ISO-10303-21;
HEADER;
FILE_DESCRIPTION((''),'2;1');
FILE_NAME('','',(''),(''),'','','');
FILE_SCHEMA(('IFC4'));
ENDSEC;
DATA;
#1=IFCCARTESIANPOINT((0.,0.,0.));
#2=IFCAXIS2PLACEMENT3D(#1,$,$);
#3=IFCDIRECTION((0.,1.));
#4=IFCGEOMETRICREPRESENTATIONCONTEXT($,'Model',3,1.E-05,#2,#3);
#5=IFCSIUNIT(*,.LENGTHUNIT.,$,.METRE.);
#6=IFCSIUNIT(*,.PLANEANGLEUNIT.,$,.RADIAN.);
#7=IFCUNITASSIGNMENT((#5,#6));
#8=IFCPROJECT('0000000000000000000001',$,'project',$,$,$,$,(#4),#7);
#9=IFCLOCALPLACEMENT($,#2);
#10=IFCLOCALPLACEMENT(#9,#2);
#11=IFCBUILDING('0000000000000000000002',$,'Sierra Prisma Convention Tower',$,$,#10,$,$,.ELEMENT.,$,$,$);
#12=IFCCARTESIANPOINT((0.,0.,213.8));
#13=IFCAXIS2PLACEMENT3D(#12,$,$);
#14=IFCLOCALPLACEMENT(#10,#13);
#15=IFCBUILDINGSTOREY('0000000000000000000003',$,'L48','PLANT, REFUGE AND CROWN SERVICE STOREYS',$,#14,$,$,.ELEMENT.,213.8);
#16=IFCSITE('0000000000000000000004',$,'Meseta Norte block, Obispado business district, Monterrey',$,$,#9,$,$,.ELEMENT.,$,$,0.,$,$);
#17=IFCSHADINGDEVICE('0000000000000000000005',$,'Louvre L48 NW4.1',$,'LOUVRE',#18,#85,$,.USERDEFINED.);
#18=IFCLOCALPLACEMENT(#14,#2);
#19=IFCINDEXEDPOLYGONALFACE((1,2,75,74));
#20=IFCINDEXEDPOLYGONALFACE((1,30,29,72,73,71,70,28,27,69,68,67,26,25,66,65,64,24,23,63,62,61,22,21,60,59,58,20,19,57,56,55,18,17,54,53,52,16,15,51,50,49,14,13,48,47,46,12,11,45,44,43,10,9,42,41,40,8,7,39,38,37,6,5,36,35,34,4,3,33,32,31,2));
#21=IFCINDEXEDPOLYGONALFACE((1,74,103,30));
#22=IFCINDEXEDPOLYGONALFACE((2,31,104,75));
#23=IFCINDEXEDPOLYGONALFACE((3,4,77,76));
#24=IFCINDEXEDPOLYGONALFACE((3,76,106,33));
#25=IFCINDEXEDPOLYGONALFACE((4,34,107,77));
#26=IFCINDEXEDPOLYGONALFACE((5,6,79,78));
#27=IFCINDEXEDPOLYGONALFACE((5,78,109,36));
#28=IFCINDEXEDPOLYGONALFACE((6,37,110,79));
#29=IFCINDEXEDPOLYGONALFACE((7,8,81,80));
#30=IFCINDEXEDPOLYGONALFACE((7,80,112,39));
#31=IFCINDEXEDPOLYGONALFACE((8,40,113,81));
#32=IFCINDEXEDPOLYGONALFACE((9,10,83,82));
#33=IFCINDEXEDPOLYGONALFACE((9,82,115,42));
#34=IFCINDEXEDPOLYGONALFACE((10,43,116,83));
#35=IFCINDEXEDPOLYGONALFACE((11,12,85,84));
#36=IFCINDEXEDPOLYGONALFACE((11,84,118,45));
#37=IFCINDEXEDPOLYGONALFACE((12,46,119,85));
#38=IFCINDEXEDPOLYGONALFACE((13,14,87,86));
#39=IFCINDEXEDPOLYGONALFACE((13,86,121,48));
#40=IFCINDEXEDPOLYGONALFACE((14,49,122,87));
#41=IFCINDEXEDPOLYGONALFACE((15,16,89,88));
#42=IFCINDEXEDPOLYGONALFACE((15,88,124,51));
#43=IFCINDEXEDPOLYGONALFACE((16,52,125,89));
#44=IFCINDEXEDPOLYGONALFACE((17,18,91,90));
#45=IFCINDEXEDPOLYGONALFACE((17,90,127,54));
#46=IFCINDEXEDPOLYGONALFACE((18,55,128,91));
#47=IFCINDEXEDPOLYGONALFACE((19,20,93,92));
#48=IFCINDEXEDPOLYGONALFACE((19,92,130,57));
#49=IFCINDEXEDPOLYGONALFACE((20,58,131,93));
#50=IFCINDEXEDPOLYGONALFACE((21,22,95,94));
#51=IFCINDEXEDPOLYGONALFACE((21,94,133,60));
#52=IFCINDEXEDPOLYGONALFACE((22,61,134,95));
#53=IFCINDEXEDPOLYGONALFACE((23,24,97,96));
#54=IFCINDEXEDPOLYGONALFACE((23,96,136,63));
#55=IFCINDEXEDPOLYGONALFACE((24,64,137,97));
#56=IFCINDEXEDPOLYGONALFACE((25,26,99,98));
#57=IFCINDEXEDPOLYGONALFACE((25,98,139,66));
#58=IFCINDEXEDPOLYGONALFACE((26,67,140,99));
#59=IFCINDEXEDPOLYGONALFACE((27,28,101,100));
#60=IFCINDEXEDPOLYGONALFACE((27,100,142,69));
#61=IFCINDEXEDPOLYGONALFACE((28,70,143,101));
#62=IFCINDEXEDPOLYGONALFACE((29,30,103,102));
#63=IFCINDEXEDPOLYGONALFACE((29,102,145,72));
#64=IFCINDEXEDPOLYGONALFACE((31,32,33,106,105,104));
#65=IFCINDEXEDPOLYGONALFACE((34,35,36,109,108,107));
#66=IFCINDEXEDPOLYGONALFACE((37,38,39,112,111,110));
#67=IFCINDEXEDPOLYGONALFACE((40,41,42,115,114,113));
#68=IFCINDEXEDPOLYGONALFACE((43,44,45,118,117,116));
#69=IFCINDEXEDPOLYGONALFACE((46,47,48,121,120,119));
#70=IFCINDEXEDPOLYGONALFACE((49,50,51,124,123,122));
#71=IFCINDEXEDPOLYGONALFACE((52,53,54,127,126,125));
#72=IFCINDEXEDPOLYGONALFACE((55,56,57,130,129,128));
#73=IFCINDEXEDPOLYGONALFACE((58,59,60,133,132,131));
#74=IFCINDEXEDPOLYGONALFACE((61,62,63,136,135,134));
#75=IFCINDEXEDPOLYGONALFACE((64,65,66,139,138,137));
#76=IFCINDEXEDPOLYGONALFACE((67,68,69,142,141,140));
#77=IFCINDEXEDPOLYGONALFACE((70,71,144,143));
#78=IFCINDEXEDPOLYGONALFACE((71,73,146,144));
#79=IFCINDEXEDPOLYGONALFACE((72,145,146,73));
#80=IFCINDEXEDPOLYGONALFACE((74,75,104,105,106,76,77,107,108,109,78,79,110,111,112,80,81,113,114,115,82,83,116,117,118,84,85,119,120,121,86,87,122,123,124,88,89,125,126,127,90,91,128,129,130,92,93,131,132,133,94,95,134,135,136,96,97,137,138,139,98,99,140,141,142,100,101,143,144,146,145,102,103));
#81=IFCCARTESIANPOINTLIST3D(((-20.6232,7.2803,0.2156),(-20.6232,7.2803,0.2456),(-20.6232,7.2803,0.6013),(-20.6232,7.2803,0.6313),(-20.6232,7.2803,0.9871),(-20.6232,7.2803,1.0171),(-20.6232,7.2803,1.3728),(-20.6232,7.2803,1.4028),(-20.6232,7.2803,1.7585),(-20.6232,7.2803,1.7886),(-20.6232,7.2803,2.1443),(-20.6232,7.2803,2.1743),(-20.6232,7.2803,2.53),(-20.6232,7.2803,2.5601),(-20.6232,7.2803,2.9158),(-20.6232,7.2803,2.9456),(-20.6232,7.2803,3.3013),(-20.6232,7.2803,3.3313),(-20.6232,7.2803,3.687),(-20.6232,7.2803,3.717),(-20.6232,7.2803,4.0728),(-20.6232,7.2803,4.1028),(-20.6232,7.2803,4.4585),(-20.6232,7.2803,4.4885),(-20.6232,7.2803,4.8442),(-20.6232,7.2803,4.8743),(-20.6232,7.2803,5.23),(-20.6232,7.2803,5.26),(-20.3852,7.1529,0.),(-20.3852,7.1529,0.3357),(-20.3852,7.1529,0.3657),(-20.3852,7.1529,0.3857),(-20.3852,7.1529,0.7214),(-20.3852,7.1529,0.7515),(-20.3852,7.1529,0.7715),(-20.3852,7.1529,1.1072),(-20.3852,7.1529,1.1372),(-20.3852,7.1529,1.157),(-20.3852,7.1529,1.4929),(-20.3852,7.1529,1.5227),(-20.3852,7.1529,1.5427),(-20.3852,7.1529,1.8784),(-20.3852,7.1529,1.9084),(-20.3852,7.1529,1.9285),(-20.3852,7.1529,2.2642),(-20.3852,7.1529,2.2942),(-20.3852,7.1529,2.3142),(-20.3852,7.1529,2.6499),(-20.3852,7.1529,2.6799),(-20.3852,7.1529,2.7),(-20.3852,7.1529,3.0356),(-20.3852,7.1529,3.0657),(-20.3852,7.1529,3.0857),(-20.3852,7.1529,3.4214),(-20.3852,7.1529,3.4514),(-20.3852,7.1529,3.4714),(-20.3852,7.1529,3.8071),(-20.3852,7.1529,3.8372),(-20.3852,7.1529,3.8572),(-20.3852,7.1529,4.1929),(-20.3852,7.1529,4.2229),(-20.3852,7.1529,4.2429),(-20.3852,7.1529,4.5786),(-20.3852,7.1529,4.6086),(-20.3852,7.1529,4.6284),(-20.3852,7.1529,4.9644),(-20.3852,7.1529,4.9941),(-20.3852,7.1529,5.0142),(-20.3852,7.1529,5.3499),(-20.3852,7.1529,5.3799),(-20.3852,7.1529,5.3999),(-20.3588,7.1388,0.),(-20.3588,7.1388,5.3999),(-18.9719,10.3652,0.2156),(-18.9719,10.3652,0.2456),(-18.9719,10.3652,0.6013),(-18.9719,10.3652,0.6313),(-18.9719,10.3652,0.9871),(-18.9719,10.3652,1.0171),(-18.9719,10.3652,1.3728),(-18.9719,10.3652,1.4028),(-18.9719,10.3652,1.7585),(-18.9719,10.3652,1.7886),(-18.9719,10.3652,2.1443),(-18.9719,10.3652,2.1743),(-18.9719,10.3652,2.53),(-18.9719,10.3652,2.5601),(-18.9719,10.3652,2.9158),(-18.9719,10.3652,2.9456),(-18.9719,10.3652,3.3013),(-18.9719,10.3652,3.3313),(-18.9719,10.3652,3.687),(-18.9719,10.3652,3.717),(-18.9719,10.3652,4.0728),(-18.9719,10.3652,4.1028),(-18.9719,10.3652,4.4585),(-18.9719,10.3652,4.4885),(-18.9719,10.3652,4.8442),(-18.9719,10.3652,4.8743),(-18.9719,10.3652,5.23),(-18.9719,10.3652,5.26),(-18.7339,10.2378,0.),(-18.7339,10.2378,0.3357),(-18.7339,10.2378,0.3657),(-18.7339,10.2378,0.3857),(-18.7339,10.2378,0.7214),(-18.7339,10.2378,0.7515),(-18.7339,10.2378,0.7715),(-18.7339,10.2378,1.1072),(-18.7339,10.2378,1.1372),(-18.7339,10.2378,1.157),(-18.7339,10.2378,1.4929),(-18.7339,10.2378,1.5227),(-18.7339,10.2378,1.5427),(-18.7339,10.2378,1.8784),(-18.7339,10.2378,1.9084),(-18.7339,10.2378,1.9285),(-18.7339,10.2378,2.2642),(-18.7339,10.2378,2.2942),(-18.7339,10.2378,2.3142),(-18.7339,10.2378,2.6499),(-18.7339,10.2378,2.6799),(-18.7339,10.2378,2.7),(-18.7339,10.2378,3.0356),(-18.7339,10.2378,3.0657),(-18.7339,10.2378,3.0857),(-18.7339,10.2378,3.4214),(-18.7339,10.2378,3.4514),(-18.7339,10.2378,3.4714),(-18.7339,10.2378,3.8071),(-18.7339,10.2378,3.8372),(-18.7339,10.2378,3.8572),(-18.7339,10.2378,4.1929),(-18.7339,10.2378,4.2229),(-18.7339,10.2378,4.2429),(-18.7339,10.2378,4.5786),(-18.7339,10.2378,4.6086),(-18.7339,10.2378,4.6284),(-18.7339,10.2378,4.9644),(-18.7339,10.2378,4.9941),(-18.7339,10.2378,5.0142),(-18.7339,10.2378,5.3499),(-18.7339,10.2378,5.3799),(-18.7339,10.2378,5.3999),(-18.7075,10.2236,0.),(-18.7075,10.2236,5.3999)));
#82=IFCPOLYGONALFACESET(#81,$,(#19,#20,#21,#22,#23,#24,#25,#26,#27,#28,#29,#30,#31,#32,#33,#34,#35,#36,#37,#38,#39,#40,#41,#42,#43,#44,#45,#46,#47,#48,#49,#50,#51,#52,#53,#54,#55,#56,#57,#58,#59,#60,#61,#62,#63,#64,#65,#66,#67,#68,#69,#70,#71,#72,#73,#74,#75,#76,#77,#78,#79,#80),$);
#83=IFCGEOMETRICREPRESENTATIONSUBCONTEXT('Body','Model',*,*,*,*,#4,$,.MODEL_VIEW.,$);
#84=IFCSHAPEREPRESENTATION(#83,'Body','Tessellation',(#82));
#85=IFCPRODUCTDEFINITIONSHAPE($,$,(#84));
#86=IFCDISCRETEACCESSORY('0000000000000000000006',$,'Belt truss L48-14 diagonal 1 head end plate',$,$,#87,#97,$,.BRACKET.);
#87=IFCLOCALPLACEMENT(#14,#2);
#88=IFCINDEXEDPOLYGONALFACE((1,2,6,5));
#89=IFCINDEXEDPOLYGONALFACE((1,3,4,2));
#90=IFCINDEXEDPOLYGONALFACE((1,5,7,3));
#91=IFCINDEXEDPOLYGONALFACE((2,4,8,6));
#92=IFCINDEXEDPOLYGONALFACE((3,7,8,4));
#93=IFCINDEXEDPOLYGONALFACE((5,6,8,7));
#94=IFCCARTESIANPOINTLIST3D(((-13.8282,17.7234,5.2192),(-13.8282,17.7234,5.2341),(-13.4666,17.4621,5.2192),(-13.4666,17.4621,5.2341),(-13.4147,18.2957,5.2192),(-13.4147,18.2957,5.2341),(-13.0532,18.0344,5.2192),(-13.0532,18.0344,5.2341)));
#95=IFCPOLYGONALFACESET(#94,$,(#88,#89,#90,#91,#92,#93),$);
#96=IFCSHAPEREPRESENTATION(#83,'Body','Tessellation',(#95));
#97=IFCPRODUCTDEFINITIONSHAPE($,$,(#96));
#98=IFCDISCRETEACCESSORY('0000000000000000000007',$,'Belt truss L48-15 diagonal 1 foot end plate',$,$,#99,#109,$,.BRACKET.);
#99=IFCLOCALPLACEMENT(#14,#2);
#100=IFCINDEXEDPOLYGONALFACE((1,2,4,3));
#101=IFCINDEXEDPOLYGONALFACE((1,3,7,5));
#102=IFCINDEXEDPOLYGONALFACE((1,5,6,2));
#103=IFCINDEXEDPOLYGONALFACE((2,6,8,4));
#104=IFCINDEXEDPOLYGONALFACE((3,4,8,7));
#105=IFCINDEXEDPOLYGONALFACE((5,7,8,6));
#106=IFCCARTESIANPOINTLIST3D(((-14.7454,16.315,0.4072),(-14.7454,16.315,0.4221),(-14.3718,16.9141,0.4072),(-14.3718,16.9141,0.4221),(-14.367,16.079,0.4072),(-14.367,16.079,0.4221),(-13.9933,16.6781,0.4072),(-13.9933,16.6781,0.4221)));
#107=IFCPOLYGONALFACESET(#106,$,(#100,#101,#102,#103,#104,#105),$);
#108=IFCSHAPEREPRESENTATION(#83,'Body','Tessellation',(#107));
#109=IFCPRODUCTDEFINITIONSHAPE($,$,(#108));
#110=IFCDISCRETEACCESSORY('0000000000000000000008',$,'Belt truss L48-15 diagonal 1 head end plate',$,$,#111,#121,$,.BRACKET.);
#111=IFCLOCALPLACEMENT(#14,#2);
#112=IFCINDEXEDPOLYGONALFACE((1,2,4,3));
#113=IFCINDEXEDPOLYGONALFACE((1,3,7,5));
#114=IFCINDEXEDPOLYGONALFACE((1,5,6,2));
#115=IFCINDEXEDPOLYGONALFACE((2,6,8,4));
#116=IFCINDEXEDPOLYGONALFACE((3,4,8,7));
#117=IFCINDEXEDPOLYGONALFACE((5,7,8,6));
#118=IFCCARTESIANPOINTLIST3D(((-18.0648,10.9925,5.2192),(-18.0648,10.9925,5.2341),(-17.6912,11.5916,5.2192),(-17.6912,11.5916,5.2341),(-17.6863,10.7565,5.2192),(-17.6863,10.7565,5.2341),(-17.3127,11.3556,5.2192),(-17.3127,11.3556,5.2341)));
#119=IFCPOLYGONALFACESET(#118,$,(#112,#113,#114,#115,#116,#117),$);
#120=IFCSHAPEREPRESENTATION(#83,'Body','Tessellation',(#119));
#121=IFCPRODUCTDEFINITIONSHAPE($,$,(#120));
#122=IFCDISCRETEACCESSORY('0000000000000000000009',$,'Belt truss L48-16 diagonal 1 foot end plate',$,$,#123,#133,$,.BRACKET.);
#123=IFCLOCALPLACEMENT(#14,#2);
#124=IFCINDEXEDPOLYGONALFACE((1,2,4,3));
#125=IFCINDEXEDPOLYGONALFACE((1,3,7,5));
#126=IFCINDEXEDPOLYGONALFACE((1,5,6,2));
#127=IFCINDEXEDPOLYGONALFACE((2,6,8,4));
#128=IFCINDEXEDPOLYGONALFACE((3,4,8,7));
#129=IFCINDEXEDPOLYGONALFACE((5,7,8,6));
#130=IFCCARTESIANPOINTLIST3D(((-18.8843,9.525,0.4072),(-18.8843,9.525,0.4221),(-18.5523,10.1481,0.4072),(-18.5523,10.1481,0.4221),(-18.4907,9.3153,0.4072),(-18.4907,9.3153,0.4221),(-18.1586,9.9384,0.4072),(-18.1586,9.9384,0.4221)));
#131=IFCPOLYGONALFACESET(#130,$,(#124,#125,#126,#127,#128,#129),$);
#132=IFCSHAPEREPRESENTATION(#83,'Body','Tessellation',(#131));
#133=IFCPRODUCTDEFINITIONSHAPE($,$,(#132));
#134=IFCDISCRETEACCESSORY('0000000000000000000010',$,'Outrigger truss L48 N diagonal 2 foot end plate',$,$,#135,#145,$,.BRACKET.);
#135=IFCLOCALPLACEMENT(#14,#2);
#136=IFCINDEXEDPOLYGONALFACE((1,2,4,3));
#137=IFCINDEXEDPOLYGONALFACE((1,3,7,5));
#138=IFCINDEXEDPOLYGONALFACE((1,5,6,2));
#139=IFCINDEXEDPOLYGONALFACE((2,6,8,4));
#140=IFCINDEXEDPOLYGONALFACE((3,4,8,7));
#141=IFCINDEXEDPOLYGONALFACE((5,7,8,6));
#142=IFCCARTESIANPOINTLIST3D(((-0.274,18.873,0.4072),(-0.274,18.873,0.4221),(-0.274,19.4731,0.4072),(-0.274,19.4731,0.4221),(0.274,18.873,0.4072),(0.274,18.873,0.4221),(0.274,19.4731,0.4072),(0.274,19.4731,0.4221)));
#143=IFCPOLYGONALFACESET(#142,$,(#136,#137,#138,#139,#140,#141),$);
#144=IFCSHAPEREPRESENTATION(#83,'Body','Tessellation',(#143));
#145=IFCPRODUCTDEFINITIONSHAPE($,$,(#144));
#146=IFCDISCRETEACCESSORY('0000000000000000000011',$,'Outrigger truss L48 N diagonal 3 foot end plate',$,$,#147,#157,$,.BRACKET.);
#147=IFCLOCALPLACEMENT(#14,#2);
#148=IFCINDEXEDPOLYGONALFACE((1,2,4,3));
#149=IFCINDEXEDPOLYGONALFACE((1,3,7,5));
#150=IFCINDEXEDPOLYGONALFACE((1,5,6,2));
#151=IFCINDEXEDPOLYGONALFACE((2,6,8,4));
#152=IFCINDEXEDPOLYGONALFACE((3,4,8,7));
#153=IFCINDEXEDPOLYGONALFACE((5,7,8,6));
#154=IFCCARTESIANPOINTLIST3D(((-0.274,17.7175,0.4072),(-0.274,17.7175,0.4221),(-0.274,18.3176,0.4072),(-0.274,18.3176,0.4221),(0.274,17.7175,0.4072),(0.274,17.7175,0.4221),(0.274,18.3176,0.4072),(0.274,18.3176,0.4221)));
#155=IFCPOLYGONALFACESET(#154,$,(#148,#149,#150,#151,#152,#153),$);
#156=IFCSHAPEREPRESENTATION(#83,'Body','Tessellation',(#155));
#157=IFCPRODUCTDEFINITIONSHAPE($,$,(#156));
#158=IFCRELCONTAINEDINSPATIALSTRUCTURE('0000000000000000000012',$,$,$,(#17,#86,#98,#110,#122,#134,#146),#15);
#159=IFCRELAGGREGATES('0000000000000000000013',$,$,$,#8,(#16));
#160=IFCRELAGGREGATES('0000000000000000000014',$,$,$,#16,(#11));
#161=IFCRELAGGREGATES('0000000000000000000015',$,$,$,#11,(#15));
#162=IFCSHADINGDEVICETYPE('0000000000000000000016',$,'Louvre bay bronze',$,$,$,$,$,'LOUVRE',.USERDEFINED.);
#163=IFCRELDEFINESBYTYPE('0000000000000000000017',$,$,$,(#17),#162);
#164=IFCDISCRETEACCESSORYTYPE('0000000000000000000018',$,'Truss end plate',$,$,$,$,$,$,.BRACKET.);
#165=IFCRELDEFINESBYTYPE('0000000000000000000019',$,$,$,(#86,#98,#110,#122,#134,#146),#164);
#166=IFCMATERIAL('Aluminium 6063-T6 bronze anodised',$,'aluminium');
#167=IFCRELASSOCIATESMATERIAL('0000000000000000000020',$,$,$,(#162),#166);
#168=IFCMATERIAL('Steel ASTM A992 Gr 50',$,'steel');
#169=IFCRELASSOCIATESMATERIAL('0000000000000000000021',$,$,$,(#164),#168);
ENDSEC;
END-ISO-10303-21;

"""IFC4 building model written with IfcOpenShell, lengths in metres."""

from ifc_helpers import new_model, si_unit, direction, frame, origin, origin_2d, place, context, subcontext, project, spatial, polyline, rectangle, outline, extrude, material, type_object, element, save


model = new_model("IFC4")

# Units and contexts
model_context = context("Model", 3, precision=1e-05, world=origin(), true_north=direction((0.0, 1.0)))
body_context = subcontext(model_context, "Body", "Model", "MODEL_VIEW")
ifc_project = project(units=[si_unit("LENGTHUNIT", "METRE"), si_unit("PLANEANGLEUNIT", "RADIAN")], contexts=[model_context])

# Site, building, storey
site_placement = place(None, origin())
site = spatial("IfcSite", under=ifc_project, at=site_placement, Name="Meseta Norte block, Obispado business district, Monterrey", CompositionType="ELEMENT", RefElevation=0.0)
building_placement = place(site_placement, origin())
building = spatial("IfcBuilding", under=site, at=building_placement, Name="Sierra Prisma Convention Tower", CompositionType="ELEMENT")
storey_placement = place(building_placement, frame((0.0, 0.0, 213.8)))
storey = spatial("IfcBuildingStorey", under=building, at=storey_placement, Name="L48", Description="PLANT, REFUGE AND CROWN SERVICE STOREYS", CompositionType="ELEMENT", Elevation=213.8)

# Shading device
ifc_material_1 = material(Name="Aluminium 6063-T6 bronze anodised", Category="aluminium")
shading_device_type = type_object("IfcShadingDeviceType", Name="Louvre bay bronze", ElementType="LOUVRE", PredefinedType="USERDEFINED", material=ifc_material_1)
shading_device_1_placement = place(storey_placement, frame((-18.7075, 10.2236, 0.0), z_axis=(0.471926, 0.881638, 0.0), x_axis=(0.0, 0.0, 1.0)))
element("IfcShadingDevice", 1, at=shading_device_1_placement, inside=storey, type_object=shading_device_type, Name="Louvre L48 NW4.1", ObjectType="LOUVRE", PredefinedType="USERDEFINED", context=body_context, shape_type="SweptSolid", body=[
    extrude(outline(polyline([(0.0, 0.0), (5.3999, 0.0), (5.3999, -0.0299), (5.3799, -0.0299), (5.26, -0.2999), (5.23, -0.2999), (5.3499, -0.0299), (5.0142, -0.0299), (4.9941, -0.0299), (4.8743, -0.2999), (4.8442, -0.2999), (4.9644, -0.0299), (4.6284, -0.0299), (4.6086, -0.0299), (4.4885, -0.2999), (4.4585, -0.2999), (4.5786, -0.0299), (4.2429, -0.0299), (4.2229, -0.0299), (4.1028, -0.2999), (4.0728, -0.2999), (4.1929, -0.0299), (3.8572, -0.0299), (3.8372, -0.0299), (3.717, -0.2999), (3.687, -0.2999), (3.8071, -0.0299), (3.4714, -0.0299), (3.4514, -0.0299), (3.3313, -0.2999), (3.3013, -0.2999), (3.4214, -0.0299), (3.0857, -0.0299), (3.0657, -0.0299), (2.9456, -0.2999), (2.9158, -0.2999), (3.0356, -0.0299), (2.7, -0.0299), (2.6799, -0.0299), (2.5601, -0.2999), (2.53, -0.2999), (2.6499, -0.0299), (2.3142, -0.0299), (2.2942, -0.0299), (2.1743, -0.2999), (2.1443, -0.2999), (2.2642, -0.0299), (1.9285, -0.0299), (1.9084, -0.0299), (1.7886, -0.2999), (1.7585, -0.2999), (1.8784, -0.0299), (1.5427, -0.0299), (1.5227, -0.0299), (1.4028, -0.2999), (1.3728, -0.2999), (1.4929, -0.0299), (1.157, -0.0299), (1.1372, -0.0299), (1.0171, -0.2999), (0.9871, -0.2999), (1.1072, -0.0299), (0.7715, -0.0299), (0.7515, -0.0299), (0.6313, -0.2999), (0.6013, -0.2999), (0.7214, -0.0299), (0.3857, -0.0299), (0.3657, -0.0299), (0.2456, -0.2999), (0.2156, -0.2999), (0.3357, -0.0299), (0.0, -0.0299), (0.0, 0.0)])), origin(), (0.0, 0.0, -1.0), 3.499),
])

# Discrete accessories
ifc_material_2 = material(Name="Steel ASTM A992 Gr 50", Category="steel")
discrete_accessory_type = type_object("IfcDiscreteAccessoryType", Name="Truss end plate", PredefinedType="BRACKET", material=ifc_material_2)
for number, where, z_axis, x_axis, name in (
    (2, (-13.4407, 17.8789, 5.2192), (0.0, 0.0, 1.0), (-0.585644, -0.810568, 0.0), "Belt truss L48-14 diagonal 1 head end plate"),
    (3, (-14.3694, 16.4966, 0.4072), (0.0, 0.0, 1.0), (-0.529164, -0.848519, 0.0), "Belt truss L48-15 diagonal 1 foot end plate"),
    (4, (-17.6887, 11.1741, 5.2192), (0.0, 0.0, 1.0), (-0.529164, -0.848519, 0.0), "Belt truss L48-15 diagonal 1 head end plate"),
    (5, (-18.5215, 9.7317, 0.4072), (0.0, 0.0, 1.0), (-0.470254, -0.882531, 0.0), "Belt truss L48-16 diagonal 1 foot end plate"),
):
    element("IfcDiscreteAccessory", number, at=place(storey_placement, frame(where, z_axis=z_axis, x_axis=x_axis)), inside=storey, type_object=discrete_accessory_type, Name=name, PredefinedType="BRACKET", context=body_context, shape_type="SweptSolid", body=[
        extrude(rectangle(XDim=0.7061, YDim=0.446, at=origin_2d()), origin(), (0.0, 0.0, 1.0), 0.0149),
    ])
for number, where, z_axis, x_axis, name in (
    (6, (0.0, 19.1731, 0.4072), (0.0, 0.0, 1.0), (0.0, -1.0, 0.0), "Outrigger truss L48 N diagonal 2 foot end plate"),
    (7, (0.0, 18.0176, 0.4072), (0.0, 0.0, 1.0), (0.0, -1.0, 0.0), "Outrigger truss L48 N diagonal 3 foot end plate"),
):
    element("IfcDiscreteAccessory", number, at=place(storey_placement, frame(where, z_axis=z_axis, x_axis=x_axis)), inside=storey, type_object=discrete_accessory_type, Name=name, PredefinedType="BRACKET", context=body_context, shape_type="SweptSolid", body=[
        extrude(rectangle(XDim=0.6001, YDim=0.5481, at=origin_2d()), origin(), (0.0, 0.0, 1.0), 0.0149),
    ])

save(model, "model.ifc")
